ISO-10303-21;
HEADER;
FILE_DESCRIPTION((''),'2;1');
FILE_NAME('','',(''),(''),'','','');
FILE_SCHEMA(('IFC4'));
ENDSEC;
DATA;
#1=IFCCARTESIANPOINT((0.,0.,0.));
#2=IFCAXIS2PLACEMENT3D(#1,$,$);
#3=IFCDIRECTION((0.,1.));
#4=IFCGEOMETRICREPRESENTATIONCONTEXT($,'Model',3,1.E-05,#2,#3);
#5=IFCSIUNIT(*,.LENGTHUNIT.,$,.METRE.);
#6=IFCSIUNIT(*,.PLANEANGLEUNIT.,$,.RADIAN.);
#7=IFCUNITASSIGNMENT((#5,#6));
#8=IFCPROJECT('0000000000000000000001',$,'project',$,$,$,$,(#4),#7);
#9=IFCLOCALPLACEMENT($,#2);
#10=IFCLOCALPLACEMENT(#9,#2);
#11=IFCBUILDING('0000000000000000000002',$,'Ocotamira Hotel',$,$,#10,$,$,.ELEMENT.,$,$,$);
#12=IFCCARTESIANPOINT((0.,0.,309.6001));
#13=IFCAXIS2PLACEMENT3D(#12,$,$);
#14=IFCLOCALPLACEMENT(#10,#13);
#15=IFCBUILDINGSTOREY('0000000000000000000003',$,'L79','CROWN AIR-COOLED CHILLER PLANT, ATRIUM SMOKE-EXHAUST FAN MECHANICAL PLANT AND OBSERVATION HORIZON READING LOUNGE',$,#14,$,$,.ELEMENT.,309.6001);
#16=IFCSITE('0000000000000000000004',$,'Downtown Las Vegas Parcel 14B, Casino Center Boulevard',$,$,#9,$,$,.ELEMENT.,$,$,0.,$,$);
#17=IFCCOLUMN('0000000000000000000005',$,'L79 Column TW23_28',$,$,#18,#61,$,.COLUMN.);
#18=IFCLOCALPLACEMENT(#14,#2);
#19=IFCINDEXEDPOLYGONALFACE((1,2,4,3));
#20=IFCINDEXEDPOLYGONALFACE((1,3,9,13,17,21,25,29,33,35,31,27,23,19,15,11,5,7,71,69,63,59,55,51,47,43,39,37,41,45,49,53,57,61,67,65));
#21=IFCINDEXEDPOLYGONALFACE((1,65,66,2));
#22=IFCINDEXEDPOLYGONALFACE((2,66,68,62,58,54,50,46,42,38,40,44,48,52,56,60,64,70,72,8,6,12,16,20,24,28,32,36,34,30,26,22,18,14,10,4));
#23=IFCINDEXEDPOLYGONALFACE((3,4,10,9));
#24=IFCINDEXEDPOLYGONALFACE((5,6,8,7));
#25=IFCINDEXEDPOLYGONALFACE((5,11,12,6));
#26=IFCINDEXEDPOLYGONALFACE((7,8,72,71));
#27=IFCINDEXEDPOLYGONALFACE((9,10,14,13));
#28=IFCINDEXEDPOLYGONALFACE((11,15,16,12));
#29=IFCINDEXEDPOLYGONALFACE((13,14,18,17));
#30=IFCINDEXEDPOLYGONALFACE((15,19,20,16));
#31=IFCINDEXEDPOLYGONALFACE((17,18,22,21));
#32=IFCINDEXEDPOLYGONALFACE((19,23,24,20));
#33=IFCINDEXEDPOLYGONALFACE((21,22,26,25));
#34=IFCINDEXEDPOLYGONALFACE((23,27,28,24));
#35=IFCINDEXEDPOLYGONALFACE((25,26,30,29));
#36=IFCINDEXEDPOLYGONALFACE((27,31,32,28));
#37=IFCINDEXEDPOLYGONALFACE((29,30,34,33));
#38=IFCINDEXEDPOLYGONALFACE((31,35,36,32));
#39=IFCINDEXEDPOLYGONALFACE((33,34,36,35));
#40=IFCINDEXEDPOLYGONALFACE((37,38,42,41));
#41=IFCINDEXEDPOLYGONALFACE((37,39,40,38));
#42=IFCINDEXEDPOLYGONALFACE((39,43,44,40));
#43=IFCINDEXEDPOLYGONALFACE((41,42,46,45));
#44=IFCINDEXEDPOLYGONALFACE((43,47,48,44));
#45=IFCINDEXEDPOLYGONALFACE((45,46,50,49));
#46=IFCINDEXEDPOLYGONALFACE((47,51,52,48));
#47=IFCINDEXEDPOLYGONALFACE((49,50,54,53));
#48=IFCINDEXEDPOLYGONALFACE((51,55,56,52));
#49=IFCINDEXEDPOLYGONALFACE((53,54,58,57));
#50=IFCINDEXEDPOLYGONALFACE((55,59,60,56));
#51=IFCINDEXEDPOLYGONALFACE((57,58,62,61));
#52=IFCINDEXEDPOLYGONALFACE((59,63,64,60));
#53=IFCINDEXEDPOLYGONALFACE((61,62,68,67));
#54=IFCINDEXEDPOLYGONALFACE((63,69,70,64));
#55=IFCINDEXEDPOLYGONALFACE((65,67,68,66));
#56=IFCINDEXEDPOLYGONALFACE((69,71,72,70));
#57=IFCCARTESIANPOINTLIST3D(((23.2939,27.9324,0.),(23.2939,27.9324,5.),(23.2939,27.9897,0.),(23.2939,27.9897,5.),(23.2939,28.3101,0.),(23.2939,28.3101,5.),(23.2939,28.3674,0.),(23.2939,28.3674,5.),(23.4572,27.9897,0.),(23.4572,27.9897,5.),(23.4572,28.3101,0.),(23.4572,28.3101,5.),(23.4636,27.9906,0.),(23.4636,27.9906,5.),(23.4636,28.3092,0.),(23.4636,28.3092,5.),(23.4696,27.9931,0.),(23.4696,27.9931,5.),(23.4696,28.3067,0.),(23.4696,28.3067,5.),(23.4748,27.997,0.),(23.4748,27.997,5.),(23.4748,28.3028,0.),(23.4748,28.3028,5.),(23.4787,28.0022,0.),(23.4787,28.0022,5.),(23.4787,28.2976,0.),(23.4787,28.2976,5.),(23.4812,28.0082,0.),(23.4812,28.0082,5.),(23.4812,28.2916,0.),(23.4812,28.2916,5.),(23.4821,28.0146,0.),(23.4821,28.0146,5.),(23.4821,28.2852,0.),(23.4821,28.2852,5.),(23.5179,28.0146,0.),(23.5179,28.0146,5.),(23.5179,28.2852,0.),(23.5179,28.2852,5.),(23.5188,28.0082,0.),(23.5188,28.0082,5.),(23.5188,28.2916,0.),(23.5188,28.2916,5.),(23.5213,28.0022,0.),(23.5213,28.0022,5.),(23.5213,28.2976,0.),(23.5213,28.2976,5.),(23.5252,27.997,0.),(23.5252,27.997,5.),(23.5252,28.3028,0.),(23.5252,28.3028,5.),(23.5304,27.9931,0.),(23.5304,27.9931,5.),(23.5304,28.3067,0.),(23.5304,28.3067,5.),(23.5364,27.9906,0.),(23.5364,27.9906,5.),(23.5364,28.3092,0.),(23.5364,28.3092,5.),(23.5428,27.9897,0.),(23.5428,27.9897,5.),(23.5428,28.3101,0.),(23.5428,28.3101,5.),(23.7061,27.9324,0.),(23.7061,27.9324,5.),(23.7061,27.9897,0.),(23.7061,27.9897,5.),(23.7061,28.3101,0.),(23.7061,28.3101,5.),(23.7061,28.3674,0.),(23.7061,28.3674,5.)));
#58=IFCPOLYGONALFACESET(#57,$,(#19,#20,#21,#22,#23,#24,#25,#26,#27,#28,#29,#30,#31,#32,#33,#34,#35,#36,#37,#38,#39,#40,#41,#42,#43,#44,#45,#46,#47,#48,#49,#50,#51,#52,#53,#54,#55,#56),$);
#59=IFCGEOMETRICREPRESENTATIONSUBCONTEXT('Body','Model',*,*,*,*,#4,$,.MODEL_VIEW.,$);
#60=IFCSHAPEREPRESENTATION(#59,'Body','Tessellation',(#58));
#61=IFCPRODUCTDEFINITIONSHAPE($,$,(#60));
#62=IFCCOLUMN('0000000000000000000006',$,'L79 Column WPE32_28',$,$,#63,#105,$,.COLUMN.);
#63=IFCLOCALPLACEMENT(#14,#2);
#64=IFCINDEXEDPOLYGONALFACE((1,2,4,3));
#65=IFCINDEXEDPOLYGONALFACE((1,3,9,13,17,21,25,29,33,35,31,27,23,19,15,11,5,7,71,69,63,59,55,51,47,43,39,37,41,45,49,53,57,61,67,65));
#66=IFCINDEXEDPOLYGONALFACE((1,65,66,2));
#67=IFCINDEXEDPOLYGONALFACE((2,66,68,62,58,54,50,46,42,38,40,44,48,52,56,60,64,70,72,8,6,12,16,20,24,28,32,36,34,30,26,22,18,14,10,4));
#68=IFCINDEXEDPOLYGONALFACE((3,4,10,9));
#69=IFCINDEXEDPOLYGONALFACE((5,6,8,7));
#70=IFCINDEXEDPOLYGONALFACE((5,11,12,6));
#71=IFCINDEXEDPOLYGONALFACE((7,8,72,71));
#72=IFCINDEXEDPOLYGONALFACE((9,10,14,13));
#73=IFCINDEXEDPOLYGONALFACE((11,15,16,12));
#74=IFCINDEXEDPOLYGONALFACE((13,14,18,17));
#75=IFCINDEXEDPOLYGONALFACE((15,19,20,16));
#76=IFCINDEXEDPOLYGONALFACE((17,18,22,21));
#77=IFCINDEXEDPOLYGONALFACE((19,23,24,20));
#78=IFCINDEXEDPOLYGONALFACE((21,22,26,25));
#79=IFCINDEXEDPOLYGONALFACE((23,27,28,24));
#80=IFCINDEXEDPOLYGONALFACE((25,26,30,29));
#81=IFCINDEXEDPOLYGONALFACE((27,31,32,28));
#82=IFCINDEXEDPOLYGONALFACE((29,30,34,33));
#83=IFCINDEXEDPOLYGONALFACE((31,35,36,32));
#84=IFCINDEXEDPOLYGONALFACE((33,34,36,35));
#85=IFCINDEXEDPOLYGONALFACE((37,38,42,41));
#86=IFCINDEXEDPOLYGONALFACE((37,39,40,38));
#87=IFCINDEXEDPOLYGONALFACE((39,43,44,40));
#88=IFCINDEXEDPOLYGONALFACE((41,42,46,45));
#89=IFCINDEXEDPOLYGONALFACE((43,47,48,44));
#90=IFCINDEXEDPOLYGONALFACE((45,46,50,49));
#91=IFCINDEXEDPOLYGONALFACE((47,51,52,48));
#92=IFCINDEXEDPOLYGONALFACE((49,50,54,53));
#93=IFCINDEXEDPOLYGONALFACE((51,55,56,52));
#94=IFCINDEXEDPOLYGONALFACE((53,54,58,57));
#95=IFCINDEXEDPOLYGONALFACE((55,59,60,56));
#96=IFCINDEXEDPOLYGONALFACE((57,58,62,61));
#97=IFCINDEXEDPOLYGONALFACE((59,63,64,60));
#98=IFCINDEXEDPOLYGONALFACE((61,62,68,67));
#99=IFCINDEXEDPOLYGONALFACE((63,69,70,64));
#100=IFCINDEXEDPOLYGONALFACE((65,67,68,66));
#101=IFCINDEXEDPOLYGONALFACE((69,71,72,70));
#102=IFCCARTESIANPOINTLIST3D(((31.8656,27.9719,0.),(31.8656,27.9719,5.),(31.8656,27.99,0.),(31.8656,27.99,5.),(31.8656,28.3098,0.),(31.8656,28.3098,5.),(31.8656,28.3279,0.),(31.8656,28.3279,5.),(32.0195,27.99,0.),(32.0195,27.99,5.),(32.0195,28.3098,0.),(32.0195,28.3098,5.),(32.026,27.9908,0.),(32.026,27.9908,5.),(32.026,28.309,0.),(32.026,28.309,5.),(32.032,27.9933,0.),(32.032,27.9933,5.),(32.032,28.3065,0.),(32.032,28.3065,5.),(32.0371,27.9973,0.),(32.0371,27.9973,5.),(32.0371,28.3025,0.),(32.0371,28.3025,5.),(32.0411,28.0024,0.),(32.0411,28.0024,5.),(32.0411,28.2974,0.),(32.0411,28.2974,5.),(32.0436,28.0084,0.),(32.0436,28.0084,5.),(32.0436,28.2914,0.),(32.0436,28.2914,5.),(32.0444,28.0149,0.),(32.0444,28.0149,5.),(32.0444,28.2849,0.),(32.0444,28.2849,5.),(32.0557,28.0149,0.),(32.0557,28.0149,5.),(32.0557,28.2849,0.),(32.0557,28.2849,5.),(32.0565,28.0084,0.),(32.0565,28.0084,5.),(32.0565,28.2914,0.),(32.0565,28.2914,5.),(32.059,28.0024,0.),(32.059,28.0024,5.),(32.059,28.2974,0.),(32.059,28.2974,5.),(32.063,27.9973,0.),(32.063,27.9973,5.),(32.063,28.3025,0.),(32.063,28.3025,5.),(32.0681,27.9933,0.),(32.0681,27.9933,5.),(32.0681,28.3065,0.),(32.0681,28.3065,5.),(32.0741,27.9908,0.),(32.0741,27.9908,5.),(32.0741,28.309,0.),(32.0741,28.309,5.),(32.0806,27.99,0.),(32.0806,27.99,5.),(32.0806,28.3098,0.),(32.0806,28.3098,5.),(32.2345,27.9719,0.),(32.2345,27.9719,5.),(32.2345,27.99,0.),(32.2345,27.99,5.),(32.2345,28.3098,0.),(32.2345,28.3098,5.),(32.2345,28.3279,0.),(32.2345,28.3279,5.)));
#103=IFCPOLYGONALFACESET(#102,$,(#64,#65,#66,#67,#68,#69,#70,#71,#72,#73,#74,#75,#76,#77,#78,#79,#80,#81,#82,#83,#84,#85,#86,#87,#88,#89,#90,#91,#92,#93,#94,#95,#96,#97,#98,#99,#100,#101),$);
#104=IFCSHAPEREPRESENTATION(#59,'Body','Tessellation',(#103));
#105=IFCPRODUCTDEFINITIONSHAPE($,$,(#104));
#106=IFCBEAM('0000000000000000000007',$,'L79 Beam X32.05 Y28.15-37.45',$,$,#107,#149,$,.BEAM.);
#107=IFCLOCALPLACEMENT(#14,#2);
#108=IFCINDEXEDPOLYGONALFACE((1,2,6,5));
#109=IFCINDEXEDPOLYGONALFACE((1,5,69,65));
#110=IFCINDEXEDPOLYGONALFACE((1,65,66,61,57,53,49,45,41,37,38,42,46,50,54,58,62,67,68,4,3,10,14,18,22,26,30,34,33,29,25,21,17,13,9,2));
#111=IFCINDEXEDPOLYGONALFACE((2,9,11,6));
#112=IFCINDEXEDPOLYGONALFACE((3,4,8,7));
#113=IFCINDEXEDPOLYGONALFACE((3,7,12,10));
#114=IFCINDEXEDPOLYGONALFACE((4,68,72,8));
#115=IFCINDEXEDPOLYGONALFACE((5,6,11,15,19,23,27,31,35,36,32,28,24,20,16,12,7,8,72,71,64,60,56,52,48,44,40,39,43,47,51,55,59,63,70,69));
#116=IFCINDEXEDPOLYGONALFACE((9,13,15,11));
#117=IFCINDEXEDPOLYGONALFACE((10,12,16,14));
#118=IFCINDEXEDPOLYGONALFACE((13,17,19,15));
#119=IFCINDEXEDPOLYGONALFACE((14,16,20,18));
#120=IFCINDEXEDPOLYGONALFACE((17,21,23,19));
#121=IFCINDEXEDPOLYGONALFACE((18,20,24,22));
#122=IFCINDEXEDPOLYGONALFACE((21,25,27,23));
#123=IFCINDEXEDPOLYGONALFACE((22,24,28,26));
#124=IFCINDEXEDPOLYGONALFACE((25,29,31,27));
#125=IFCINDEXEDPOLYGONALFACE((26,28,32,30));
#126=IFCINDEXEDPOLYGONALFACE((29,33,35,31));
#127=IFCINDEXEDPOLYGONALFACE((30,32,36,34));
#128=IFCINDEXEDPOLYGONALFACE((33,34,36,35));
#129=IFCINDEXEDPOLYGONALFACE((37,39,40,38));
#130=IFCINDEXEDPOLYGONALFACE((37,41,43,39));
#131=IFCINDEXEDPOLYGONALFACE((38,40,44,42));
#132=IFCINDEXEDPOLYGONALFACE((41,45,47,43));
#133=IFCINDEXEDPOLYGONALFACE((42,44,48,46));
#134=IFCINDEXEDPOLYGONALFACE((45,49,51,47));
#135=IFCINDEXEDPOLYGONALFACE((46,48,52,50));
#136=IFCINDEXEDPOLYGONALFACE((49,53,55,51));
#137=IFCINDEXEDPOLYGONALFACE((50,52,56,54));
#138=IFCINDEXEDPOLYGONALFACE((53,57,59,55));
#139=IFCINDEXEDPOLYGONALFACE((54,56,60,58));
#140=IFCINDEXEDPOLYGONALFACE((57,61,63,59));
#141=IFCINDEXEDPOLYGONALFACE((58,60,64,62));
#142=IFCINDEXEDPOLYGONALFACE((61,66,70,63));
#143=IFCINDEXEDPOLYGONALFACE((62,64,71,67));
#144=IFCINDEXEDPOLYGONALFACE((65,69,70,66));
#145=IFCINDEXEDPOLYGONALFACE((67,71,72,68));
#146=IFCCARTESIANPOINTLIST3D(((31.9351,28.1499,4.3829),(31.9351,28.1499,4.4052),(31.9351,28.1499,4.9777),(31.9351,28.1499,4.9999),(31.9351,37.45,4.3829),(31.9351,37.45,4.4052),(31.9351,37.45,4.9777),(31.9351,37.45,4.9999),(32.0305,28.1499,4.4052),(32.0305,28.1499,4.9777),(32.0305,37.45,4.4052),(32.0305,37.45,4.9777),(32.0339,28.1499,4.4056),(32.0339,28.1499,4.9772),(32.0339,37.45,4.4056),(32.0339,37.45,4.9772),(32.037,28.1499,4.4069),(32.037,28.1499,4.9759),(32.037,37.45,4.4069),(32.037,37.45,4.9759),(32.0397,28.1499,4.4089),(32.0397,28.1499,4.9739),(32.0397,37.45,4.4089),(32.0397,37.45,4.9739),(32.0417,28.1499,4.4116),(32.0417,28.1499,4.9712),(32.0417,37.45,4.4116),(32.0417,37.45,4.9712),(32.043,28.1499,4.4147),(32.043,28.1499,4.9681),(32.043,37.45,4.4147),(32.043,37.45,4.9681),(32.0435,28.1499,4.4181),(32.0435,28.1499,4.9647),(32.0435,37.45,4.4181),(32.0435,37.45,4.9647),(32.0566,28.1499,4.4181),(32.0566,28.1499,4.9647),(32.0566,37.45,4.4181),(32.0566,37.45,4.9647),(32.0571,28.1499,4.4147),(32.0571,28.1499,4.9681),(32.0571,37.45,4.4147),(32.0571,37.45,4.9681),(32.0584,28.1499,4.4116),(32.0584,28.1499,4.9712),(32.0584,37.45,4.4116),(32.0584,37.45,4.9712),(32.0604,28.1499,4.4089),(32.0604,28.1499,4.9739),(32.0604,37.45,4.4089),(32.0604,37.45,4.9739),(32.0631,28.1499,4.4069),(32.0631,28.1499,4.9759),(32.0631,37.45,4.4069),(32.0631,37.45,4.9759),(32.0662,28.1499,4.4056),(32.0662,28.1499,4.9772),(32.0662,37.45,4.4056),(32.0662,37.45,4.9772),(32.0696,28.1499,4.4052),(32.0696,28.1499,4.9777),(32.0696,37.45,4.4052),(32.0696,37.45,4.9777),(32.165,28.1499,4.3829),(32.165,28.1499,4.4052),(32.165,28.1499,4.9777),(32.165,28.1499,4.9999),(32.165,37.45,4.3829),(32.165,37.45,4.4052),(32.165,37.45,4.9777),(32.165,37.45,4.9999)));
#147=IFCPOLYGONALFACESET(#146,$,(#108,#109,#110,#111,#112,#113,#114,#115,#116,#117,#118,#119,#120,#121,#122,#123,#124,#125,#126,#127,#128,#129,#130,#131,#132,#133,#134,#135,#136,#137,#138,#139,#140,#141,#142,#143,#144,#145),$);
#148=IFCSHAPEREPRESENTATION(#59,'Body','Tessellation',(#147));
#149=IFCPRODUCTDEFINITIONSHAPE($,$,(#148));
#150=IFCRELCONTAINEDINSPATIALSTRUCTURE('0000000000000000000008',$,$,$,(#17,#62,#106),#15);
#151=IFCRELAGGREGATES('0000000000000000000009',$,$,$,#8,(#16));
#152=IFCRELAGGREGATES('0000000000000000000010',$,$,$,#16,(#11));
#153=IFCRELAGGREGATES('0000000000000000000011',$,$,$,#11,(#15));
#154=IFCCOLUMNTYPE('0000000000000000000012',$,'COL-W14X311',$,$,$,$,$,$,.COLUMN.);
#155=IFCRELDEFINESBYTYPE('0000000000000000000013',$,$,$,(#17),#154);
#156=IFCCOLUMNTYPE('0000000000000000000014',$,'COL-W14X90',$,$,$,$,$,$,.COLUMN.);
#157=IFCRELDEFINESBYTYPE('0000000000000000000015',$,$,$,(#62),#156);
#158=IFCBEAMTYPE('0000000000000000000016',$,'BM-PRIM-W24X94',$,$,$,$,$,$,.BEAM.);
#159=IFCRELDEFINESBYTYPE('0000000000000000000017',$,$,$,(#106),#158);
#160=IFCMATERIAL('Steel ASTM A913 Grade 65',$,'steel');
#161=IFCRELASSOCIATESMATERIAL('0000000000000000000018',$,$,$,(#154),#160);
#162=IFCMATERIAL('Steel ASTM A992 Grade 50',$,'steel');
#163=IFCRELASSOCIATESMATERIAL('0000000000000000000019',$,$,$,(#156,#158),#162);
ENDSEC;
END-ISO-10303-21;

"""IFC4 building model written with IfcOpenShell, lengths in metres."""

from ifc_helpers import new_model, si_unit, direction, frame, origin, origin_2d, place, context, subcontext, project, spatial, i_section, extrude, source, transform, mapped, material, material_profile, profile_set, type_object, element, save


model = new_model("IFC4")

# Units and contexts
model_context = context("Model", 3, precision=1e-05, world=origin(), true_north=direction((0.0, 1.0)))
body_context = subcontext(model_context, "Body", "Model", "MODEL_VIEW")
ifc_project = project(units=[si_unit("LENGTHUNIT", "METRE"), si_unit("PLANEANGLEUNIT", "RADIAN")], contexts=[model_context])

# Site, building, storey
site_placement = place(None, origin())
site = spatial("IfcSite", under=ifc_project, at=site_placement, Name="Downtown Las Vegas Parcel 14B, Casino Center Boulevard", CompositionType="ELEMENT", RefElevation=0.0)
building_placement = place(site_placement, origin())
building = spatial("IfcBuilding", under=site, at=building_placement, Name="Ocotamira Hotel", CompositionType="ELEMENT")
storey_placement = place(building_placement, frame((0.0, 0.0, 309.6001)))
storey = spatial("IfcBuildingStorey", under=building, at=storey_placement, Name="L79", Description="CROWN AIR-COOLED CHILLER PLANT, ATRIUM SMOKE-EXHAUST FAN MECHANICAL PLANT AND OBSERVATION HORIZON READING LOUNGE", CompositionType="ELEMENT", Elevation=309.6001)

# Columns
ifc_material_1 = material(Name="Steel ASTM A913 Grade 65", Category="steel")
ifc_material_profile_1 = material_profile(ifc_material_1, i_section(OverallWidth=0.4121, OverallDepth=0.4351, WebThickness=0.0359, FlangeThickness=0.0574, FilletRadius=0.0249, at=origin_2d()), Name="W14X311")
ifc_profile_set_1 = profile_set([ifc_material_profile_1], Name="Steel ASTM A913 Grade 65")
column_type_1 = type_object("IfcColumnType", Name="COL-W14X311", PredefinedType="COLUMN", material=ifc_profile_set_1)
shared_shape_1 = source(origin(), body_context, "Body", "SweptSolid", [
    extrude(i_section(OverallWidth=0.4121, OverallDepth=0.4351, WebThickness=0.0359, FlangeThickness=0.0574, FilletRadius=0.0249, at=origin_2d()), origin(), (0.0, 0.0, 1.0), 5.0),
])
column_1_placement = place(storey_placement, frame((23.5, 28.1499, 0.0), z_axis=(0.0, 0.0, 1.0), x_axis=(1.0, 0.0, 0.0)))
element("IfcColumn", 1, at=column_1_placement, inside=storey, type_object=column_type_1, Name="L79 Column TW23_28", PredefinedType="COLUMN", context=body_context, shape_type="MappedRepresentation", body=[
    mapped(shared_shape_1, transform((0.0, 0.0, 0.0), scale=1.0)),
])
ifc_material_2 = material(Name="Steel ASTM A992 Grade 50", Category="steel")
ifc_material_profile_2 = material_profile(ifc_material_2, i_section(OverallWidth=0.3689, OverallDepth=0.356, WebThickness=0.0112, FlangeThickness=0.0181, FilletRadius=0.0249, at=origin_2d()), Name="W14X90")
ifc_profile_set_2 = profile_set([ifc_material_profile_2], Name="Steel ASTM A992 Grade 50")
column_type_2 = type_object("IfcColumnType", Name="COL-W14X90", PredefinedType="COLUMN", material=ifc_profile_set_2)
shared_shape_2 = source(origin(), body_context, "Body", "SweptSolid", [
    extrude(i_section(OverallWidth=0.3689, OverallDepth=0.356, WebThickness=0.0112, FlangeThickness=0.0181, FilletRadius=0.0249, at=origin_2d()), origin(), (0.0, 0.0, 1.0), 5.0),
])
column_2_placement = place(storey_placement, frame((32.05, 28.1499, 0.0), z_axis=(0.0, 0.0, 1.0), x_axis=(1.0, 0.0, 0.0)))
element("IfcColumn", 2, at=column_2_placement, inside=storey, type_object=column_type_2, Name="L79 Column WPE32_28", PredefinedType="COLUMN", context=body_context, shape_type="MappedRepresentation", body=[
    mapped(shared_shape_2, transform((0.0, 0.0, 0.0), scale=1.0)),
])

# Beam
ifc_material_profile_3 = material_profile(ifc_material_2, i_section(OverallWidth=0.23, OverallDepth=0.6169, WebThickness=0.0132, FlangeThickness=0.0222, FilletRadius=0.0129, at=origin_2d()), Name="W24X94")
ifc_profile_set_3 = profile_set([ifc_material_profile_3], Name="Steel ASTM A992 Grade 50")
beam_type_1 = type_object("IfcBeamType", Name="BM-PRIM-W24X94", PredefinedType="BEAM", material=ifc_profile_set_3)
shared_shape_3 = source(origin(), body_context, "Body", "SweptSolid", [
    extrude(i_section(OverallWidth=0.23, OverallDepth=0.6169, WebThickness=0.0132, FlangeThickness=0.0222, FilletRadius=0.0129, at=origin_2d()), origin(), (0.0, 0.0, 1.0), 9.3),
])
beam_1_placement = place(storey_placement, frame((32.05, 28.1499, 4.6914), z_axis=(0.0, 1.0, 0.0), x_axis=(-1.0, 0.0, 0.0)))
element("IfcBeam", 3, at=beam_1_placement, inside=storey, type_object=beam_type_1, Name="L79 Beam X32.05 Y28.15-37.45", PredefinedType="BEAM", context=body_context, shape_type="MappedRepresentation", body=[
    mapped(shared_shape_3, transform((0.0, 0.0, 0.0), scale=1.0)),
])

save(model, "model.ifc")
